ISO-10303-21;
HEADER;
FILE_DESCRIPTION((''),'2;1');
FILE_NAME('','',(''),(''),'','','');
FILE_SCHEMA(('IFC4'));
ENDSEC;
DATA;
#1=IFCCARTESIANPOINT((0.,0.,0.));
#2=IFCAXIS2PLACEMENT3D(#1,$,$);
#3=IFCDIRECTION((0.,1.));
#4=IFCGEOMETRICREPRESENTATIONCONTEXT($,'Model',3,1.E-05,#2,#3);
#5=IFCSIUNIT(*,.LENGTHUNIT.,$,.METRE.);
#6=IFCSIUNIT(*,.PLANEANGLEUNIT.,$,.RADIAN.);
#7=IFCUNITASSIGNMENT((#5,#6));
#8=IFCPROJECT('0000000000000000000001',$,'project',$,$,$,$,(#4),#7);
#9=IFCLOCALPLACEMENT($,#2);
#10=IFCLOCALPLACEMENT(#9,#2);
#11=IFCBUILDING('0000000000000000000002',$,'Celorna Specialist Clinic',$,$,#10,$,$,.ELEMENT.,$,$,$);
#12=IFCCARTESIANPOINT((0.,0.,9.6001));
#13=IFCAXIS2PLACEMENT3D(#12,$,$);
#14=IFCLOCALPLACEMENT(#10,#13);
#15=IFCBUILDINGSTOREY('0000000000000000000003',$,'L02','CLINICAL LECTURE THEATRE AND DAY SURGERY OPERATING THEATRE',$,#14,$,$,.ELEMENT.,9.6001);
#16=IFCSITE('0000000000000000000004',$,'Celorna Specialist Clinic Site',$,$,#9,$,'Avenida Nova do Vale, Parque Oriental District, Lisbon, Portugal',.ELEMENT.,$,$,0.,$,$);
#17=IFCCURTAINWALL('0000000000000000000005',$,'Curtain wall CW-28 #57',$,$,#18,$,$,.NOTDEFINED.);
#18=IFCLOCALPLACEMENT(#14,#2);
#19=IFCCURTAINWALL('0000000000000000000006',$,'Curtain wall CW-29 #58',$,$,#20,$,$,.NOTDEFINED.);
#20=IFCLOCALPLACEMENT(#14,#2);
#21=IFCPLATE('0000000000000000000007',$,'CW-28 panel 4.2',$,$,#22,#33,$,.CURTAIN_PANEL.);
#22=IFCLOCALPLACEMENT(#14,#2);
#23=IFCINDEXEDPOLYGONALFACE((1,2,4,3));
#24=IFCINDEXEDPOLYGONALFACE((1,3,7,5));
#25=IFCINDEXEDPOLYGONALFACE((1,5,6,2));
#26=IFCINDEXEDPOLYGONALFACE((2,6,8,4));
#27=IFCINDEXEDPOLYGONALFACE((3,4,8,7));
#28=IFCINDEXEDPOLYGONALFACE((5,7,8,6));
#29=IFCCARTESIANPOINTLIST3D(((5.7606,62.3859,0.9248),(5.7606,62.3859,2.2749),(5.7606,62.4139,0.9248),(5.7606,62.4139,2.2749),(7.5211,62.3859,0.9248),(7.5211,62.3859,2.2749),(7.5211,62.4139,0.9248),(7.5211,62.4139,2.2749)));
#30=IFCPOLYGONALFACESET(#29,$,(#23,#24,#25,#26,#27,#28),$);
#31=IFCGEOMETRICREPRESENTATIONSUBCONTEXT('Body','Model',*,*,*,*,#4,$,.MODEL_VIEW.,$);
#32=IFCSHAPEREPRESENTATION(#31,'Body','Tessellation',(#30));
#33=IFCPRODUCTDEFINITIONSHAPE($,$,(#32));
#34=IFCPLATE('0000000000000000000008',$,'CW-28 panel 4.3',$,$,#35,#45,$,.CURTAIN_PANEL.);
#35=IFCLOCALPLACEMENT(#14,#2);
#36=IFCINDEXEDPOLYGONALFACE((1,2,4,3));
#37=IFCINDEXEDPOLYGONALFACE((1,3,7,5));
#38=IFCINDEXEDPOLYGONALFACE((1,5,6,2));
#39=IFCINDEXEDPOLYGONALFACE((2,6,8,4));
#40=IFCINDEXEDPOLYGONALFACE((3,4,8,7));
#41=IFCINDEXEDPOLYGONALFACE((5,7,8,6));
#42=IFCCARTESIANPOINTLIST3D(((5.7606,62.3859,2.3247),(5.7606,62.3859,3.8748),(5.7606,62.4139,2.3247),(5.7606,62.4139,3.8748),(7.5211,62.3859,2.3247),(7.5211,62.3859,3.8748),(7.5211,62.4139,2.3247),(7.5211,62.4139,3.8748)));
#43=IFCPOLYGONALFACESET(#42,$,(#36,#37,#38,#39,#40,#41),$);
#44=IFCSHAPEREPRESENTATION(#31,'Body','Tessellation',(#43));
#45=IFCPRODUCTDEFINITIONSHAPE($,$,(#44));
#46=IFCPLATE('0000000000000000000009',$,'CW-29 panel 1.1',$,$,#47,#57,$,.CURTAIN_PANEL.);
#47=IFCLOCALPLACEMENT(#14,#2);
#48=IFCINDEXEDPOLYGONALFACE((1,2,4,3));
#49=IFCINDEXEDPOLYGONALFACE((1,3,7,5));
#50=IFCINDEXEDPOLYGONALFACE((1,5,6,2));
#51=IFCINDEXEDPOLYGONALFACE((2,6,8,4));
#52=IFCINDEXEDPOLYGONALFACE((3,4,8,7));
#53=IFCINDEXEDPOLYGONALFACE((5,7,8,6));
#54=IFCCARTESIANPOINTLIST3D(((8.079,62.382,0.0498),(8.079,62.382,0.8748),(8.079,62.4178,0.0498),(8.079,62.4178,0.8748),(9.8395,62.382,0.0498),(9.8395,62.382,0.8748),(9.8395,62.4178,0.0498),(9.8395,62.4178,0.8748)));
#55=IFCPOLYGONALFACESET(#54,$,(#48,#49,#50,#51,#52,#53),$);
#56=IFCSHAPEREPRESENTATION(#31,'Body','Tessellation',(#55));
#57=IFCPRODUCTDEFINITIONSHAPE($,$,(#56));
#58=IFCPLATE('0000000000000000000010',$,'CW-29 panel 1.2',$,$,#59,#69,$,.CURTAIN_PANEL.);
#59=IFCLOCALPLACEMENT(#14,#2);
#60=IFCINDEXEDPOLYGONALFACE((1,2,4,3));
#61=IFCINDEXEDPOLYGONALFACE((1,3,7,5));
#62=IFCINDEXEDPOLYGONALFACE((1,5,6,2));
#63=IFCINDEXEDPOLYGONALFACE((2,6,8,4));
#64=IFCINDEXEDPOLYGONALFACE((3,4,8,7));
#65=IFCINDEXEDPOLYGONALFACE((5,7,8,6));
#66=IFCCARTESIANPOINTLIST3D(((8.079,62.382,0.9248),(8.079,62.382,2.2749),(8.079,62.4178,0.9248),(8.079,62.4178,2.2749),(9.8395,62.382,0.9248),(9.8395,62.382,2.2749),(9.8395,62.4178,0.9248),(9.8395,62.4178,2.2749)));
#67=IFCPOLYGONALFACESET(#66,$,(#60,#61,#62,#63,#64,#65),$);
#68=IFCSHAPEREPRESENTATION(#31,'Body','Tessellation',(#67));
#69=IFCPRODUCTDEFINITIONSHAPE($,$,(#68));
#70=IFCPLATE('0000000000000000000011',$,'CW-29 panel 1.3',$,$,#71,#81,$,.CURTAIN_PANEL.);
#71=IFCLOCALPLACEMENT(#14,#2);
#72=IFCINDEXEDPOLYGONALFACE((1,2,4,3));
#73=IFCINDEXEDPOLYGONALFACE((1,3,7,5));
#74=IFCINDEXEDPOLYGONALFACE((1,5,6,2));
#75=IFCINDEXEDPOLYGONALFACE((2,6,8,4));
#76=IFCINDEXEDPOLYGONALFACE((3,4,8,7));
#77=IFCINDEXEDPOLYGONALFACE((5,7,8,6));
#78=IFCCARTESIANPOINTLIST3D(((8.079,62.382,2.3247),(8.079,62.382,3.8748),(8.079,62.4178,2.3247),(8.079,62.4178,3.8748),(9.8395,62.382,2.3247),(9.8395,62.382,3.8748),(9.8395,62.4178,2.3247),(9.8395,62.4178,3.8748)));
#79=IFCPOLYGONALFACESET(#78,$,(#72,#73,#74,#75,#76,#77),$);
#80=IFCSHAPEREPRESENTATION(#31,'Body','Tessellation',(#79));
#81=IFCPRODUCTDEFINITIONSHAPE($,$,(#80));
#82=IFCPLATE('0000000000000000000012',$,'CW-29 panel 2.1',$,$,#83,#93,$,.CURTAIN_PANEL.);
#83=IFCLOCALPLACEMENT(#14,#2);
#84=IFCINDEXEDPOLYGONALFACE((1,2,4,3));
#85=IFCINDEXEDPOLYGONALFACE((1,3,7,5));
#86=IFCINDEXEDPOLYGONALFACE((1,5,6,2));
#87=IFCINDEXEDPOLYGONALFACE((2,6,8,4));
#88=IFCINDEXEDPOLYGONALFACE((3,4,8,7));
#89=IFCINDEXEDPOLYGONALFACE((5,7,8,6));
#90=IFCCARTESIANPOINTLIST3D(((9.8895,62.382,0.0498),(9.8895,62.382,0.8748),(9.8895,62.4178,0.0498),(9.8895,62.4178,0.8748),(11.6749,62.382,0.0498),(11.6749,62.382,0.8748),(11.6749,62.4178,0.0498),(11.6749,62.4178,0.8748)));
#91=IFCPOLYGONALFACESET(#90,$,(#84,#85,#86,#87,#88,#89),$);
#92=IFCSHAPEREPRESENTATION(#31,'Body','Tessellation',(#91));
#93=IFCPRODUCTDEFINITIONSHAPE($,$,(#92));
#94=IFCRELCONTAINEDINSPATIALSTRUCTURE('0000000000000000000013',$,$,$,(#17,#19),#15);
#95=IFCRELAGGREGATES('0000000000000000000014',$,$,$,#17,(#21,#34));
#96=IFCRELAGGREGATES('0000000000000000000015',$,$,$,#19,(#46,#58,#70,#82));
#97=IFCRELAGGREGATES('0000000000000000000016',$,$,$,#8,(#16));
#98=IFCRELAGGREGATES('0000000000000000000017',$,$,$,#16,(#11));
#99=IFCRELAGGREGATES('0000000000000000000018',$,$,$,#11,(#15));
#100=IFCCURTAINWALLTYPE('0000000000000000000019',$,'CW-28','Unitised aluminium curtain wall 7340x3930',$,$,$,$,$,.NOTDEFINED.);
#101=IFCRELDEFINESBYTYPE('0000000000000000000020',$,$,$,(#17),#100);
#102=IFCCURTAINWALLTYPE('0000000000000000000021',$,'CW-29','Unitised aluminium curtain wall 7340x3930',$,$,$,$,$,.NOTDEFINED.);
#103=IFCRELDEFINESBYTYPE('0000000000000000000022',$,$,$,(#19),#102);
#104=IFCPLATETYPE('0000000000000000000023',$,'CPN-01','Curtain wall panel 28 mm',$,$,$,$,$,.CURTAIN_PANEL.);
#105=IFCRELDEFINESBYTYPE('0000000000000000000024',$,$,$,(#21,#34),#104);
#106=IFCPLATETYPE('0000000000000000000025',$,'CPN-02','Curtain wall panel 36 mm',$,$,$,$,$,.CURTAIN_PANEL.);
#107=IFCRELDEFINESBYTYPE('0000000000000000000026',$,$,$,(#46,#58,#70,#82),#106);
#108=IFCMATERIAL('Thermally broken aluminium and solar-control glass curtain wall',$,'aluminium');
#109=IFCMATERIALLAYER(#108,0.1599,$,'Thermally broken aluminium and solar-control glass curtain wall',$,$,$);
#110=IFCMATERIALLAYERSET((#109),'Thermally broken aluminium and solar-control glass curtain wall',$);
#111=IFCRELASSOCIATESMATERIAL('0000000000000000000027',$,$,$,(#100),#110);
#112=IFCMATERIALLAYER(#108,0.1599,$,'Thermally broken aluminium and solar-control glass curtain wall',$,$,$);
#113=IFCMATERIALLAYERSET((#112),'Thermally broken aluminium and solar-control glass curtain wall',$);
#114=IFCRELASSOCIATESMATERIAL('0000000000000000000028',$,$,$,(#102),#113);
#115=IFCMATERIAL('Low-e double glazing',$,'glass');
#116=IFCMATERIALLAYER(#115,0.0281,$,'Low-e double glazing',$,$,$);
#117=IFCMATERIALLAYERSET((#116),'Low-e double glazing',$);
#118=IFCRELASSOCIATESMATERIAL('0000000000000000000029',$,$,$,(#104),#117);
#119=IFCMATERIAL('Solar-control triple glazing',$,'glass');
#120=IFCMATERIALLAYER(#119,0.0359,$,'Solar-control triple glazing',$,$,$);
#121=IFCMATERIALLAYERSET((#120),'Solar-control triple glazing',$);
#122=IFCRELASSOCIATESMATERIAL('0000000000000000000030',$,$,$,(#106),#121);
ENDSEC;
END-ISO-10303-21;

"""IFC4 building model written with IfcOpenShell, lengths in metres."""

from ifc_helpers import new_model, si_unit, direction, frame, origin, origin_2d, place, context, subcontext, project, spatial, rectangle, extrude, material, layer, layer_set, type_object, element, aggregate, save


model = new_model("IFC4")

# Units and contexts
model_context = context("Model", 3, precision=1e-05, world=origin(), true_north=direction((0.0, 1.0)))
body_context = subcontext(model_context, "Body", "Model", "MODEL_VIEW")
ifc_project = project(units=[si_unit("LENGTHUNIT", "METRE"), si_unit("PLANEANGLEUNIT", "RADIAN")], contexts=[model_context])

# Site, building, storey
site_placement = place(None, origin())
site = spatial("IfcSite", under=ifc_project, at=site_placement, Name="Celorna Specialist Clinic Site", LongName="Avenida Nova do Vale, Parque Oriental District, Lisbon, Portugal", CompositionType="ELEMENT", RefElevation=0.0)
building_placement = place(site_placement, origin())
building = spatial("IfcBuilding", under=site, at=building_placement, Name="Celorna Specialist Clinic", CompositionType="ELEMENT")
storey_placement = place(building_placement, frame((0.0, 0.0, 9.6001)))
storey = spatial("IfcBuildingStorey", under=building, at=storey_placement, Name="L02", Description="CLINICAL LECTURE THEATRE AND DAY SURGERY OPERATING THEATRE", CompositionType="ELEMENT", Elevation=9.6001)

# Curtain walls
ifc_material_1 = material(Name="Thermally broken aluminium and solar-control glass curtain wall", Category="aluminium")
ifc_layer_1 = layer(ifc_material_1, 0.1599, Name="Thermally broken aluminium and solar-control glass curtain wall")
ifc_layer_set_1 = layer_set([ifc_layer_1], Name="Thermally broken aluminium and solar-control glass curtain wall")
curtain_wall_type_1 = type_object("IfcCurtainWallType", Name="CW-28", Description="Unitised aluminium curtain wall 7340x3930", PredefinedType="NOTDEFINED", material=ifc_layer_set_1)
curtain_wall_1_placement = place(storey_placement, origin())
curtain_wall_1 = element("IfcCurtainWall", 1, at=curtain_wall_1_placement, inside=storey, type_object=curtain_wall_type_1, Name="Curtain wall CW-28 #57", PredefinedType="NOTDEFINED")
ifc_layer_2 = layer(ifc_material_1, 0.1599, Name="Thermally broken aluminium and solar-control glass curtain wall")
ifc_layer_set_2 = layer_set([ifc_layer_2], Name="Thermally broken aluminium and solar-control glass curtain wall")
curtain_wall_type_2 = type_object("IfcCurtainWallType", Name="CW-29", Description="Unitised aluminium curtain wall 7340x3930", PredefinedType="NOTDEFINED", material=ifc_layer_set_2)
curtain_wall_2_placement = place(storey_placement, origin())
curtain_wall_2 = element("IfcCurtainWall", 2, at=curtain_wall_2_placement, inside=storey, type_object=curtain_wall_type_2, Name="Curtain wall CW-29 #58", PredefinedType="NOTDEFINED")

# Plates
ifc_material_2 = material(Name="Low-e double glazing", Category="glass")
ifc_layer_3 = layer(ifc_material_2, 0.0281, Name="Low-e double glazing")
ifc_layer_set_3 = layer_set([ifc_layer_3], Name="Low-e double glazing")
plate_type_1 = type_object("IfcPlateType", Name="CPN-01", Description="Curtain wall panel 28 mm", PredefinedType="CURTAIN_PANEL", material=ifc_layer_set_3)
plate_1_placement = place(storey_placement, frame((6.6409, 62.3999, 0.9248), z_axis=(0.0, 0.0, 1.0), x_axis=(1.0, 0.0, 0.0)))
plate_1 = element("IfcPlate", 3, at=plate_1_placement, type_object=plate_type_1, Name="CW-28 panel 4.2", PredefinedType="CURTAIN_PANEL", context=body_context, shape_type="SweptSolid", body=[
    extrude(rectangle(XDim=1.7605, YDim=0.0281, at=origin_2d()), origin(), (0.0, 0.0, 1.0), 1.3501),
])
plate_2_placement = place(storey_placement, frame((6.6409, 62.3999, 2.3247), z_axis=(0.0, 0.0, 1.0), x_axis=(1.0, 0.0, 0.0)))
plate_2 = element("IfcPlate", 4, at=plate_2_placement, type_object=plate_type_1, Name="CW-28 panel 4.3", PredefinedType="CURTAIN_PANEL", context=body_context, shape_type="SweptSolid", body=[
    extrude(rectangle(XDim=1.7605, YDim=0.0281, at=origin_2d()), origin(), (0.0, 0.0, 1.0), 1.55),
])
aggregate(curtain_wall_1, [plate_1, plate_2])
ifc_material_3 = material(Name="Solar-control triple glazing", Category="glass")
ifc_layer_4 = layer(ifc_material_3, 0.0359, Name="Solar-control triple glazing")
ifc_layer_set_4 = layer_set([ifc_layer_4], Name="Solar-control triple glazing")
plate_type_2 = type_object("IfcPlateType", Name="CPN-02", Description="Curtain wall panel 36 mm", PredefinedType="CURTAIN_PANEL", material=ifc_layer_set_4)
plate_3_placement = place(storey_placement, frame((8.9592, 62.3999, 0.0498), z_axis=(0.0, 0.0, 1.0), x_axis=(1.0, 0.0, 0.0)))
plate_3 = element("IfcPlate", 5, at=plate_3_placement, type_object=plate_type_2, Name="CW-29 panel 1.1", PredefinedType="CURTAIN_PANEL", context=body_context, shape_type="SweptSolid", body=[
    extrude(rectangle(XDim=1.7605, YDim=0.0359, at=origin_2d()), origin(), (0.0, 0.0, 1.0), 0.825),
])
plate_4_placement = place(storey_placement, frame((8.9592, 62.3999, 0.9248), z_axis=(0.0, 0.0, 1.0), x_axis=(1.0, 0.0, 0.0)))
plate_4 = element("IfcPlate", 6, at=plate_4_placement, type_object=plate_type_2, Name="CW-29 panel 1.2", PredefinedType="CURTAIN_PANEL", context=body_context, shape_type="SweptSolid", body=[
    extrude(rectangle(XDim=1.7605, YDim=0.0359, at=origin_2d()), origin(), (0.0, 0.0, 1.0), 1.3501),
])
plate_5_placement = place(storey_placement, frame((8.9592, 62.3999, 2.3247), z_axis=(0.0, 0.0, 1.0), x_axis=(1.0, 0.0, 0.0)))
plate_5 = element("IfcPlate", 7, at=plate_5_placement, type_object=plate_type_2, Name="CW-29 panel 1.3", PredefinedType="CURTAIN_PANEL", context=body_context, shape_type="SweptSolid", body=[
    extrude(rectangle(XDim=1.7605, YDim=0.0359, at=origin_2d()), origin(), (0.0, 0.0, 1.0), 1.55),
])
plate_6_placement = place(storey_placement, frame((10.7822, 62.3999, 0.0498), z_axis=(0.0, 0.0, 1.0), x_axis=(1.0, 0.0, 0.0)))
plate_6 = element("IfcPlate", 8, at=plate_6_placement, type_object=plate_type_2, Name="CW-29 panel 2.1", PredefinedType="CURTAIN_PANEL", context=body_context, shape_type="SweptSolid", body=[
    extrude(rectangle(XDim=1.7854, YDim=0.0359, at=origin_2d()), origin(), (0.0, 0.0, 1.0), 0.825),
])
aggregate(curtain_wall_2, [plate_3, plate_4, plate_5, plate_6])

save(model, "model.ifc")
